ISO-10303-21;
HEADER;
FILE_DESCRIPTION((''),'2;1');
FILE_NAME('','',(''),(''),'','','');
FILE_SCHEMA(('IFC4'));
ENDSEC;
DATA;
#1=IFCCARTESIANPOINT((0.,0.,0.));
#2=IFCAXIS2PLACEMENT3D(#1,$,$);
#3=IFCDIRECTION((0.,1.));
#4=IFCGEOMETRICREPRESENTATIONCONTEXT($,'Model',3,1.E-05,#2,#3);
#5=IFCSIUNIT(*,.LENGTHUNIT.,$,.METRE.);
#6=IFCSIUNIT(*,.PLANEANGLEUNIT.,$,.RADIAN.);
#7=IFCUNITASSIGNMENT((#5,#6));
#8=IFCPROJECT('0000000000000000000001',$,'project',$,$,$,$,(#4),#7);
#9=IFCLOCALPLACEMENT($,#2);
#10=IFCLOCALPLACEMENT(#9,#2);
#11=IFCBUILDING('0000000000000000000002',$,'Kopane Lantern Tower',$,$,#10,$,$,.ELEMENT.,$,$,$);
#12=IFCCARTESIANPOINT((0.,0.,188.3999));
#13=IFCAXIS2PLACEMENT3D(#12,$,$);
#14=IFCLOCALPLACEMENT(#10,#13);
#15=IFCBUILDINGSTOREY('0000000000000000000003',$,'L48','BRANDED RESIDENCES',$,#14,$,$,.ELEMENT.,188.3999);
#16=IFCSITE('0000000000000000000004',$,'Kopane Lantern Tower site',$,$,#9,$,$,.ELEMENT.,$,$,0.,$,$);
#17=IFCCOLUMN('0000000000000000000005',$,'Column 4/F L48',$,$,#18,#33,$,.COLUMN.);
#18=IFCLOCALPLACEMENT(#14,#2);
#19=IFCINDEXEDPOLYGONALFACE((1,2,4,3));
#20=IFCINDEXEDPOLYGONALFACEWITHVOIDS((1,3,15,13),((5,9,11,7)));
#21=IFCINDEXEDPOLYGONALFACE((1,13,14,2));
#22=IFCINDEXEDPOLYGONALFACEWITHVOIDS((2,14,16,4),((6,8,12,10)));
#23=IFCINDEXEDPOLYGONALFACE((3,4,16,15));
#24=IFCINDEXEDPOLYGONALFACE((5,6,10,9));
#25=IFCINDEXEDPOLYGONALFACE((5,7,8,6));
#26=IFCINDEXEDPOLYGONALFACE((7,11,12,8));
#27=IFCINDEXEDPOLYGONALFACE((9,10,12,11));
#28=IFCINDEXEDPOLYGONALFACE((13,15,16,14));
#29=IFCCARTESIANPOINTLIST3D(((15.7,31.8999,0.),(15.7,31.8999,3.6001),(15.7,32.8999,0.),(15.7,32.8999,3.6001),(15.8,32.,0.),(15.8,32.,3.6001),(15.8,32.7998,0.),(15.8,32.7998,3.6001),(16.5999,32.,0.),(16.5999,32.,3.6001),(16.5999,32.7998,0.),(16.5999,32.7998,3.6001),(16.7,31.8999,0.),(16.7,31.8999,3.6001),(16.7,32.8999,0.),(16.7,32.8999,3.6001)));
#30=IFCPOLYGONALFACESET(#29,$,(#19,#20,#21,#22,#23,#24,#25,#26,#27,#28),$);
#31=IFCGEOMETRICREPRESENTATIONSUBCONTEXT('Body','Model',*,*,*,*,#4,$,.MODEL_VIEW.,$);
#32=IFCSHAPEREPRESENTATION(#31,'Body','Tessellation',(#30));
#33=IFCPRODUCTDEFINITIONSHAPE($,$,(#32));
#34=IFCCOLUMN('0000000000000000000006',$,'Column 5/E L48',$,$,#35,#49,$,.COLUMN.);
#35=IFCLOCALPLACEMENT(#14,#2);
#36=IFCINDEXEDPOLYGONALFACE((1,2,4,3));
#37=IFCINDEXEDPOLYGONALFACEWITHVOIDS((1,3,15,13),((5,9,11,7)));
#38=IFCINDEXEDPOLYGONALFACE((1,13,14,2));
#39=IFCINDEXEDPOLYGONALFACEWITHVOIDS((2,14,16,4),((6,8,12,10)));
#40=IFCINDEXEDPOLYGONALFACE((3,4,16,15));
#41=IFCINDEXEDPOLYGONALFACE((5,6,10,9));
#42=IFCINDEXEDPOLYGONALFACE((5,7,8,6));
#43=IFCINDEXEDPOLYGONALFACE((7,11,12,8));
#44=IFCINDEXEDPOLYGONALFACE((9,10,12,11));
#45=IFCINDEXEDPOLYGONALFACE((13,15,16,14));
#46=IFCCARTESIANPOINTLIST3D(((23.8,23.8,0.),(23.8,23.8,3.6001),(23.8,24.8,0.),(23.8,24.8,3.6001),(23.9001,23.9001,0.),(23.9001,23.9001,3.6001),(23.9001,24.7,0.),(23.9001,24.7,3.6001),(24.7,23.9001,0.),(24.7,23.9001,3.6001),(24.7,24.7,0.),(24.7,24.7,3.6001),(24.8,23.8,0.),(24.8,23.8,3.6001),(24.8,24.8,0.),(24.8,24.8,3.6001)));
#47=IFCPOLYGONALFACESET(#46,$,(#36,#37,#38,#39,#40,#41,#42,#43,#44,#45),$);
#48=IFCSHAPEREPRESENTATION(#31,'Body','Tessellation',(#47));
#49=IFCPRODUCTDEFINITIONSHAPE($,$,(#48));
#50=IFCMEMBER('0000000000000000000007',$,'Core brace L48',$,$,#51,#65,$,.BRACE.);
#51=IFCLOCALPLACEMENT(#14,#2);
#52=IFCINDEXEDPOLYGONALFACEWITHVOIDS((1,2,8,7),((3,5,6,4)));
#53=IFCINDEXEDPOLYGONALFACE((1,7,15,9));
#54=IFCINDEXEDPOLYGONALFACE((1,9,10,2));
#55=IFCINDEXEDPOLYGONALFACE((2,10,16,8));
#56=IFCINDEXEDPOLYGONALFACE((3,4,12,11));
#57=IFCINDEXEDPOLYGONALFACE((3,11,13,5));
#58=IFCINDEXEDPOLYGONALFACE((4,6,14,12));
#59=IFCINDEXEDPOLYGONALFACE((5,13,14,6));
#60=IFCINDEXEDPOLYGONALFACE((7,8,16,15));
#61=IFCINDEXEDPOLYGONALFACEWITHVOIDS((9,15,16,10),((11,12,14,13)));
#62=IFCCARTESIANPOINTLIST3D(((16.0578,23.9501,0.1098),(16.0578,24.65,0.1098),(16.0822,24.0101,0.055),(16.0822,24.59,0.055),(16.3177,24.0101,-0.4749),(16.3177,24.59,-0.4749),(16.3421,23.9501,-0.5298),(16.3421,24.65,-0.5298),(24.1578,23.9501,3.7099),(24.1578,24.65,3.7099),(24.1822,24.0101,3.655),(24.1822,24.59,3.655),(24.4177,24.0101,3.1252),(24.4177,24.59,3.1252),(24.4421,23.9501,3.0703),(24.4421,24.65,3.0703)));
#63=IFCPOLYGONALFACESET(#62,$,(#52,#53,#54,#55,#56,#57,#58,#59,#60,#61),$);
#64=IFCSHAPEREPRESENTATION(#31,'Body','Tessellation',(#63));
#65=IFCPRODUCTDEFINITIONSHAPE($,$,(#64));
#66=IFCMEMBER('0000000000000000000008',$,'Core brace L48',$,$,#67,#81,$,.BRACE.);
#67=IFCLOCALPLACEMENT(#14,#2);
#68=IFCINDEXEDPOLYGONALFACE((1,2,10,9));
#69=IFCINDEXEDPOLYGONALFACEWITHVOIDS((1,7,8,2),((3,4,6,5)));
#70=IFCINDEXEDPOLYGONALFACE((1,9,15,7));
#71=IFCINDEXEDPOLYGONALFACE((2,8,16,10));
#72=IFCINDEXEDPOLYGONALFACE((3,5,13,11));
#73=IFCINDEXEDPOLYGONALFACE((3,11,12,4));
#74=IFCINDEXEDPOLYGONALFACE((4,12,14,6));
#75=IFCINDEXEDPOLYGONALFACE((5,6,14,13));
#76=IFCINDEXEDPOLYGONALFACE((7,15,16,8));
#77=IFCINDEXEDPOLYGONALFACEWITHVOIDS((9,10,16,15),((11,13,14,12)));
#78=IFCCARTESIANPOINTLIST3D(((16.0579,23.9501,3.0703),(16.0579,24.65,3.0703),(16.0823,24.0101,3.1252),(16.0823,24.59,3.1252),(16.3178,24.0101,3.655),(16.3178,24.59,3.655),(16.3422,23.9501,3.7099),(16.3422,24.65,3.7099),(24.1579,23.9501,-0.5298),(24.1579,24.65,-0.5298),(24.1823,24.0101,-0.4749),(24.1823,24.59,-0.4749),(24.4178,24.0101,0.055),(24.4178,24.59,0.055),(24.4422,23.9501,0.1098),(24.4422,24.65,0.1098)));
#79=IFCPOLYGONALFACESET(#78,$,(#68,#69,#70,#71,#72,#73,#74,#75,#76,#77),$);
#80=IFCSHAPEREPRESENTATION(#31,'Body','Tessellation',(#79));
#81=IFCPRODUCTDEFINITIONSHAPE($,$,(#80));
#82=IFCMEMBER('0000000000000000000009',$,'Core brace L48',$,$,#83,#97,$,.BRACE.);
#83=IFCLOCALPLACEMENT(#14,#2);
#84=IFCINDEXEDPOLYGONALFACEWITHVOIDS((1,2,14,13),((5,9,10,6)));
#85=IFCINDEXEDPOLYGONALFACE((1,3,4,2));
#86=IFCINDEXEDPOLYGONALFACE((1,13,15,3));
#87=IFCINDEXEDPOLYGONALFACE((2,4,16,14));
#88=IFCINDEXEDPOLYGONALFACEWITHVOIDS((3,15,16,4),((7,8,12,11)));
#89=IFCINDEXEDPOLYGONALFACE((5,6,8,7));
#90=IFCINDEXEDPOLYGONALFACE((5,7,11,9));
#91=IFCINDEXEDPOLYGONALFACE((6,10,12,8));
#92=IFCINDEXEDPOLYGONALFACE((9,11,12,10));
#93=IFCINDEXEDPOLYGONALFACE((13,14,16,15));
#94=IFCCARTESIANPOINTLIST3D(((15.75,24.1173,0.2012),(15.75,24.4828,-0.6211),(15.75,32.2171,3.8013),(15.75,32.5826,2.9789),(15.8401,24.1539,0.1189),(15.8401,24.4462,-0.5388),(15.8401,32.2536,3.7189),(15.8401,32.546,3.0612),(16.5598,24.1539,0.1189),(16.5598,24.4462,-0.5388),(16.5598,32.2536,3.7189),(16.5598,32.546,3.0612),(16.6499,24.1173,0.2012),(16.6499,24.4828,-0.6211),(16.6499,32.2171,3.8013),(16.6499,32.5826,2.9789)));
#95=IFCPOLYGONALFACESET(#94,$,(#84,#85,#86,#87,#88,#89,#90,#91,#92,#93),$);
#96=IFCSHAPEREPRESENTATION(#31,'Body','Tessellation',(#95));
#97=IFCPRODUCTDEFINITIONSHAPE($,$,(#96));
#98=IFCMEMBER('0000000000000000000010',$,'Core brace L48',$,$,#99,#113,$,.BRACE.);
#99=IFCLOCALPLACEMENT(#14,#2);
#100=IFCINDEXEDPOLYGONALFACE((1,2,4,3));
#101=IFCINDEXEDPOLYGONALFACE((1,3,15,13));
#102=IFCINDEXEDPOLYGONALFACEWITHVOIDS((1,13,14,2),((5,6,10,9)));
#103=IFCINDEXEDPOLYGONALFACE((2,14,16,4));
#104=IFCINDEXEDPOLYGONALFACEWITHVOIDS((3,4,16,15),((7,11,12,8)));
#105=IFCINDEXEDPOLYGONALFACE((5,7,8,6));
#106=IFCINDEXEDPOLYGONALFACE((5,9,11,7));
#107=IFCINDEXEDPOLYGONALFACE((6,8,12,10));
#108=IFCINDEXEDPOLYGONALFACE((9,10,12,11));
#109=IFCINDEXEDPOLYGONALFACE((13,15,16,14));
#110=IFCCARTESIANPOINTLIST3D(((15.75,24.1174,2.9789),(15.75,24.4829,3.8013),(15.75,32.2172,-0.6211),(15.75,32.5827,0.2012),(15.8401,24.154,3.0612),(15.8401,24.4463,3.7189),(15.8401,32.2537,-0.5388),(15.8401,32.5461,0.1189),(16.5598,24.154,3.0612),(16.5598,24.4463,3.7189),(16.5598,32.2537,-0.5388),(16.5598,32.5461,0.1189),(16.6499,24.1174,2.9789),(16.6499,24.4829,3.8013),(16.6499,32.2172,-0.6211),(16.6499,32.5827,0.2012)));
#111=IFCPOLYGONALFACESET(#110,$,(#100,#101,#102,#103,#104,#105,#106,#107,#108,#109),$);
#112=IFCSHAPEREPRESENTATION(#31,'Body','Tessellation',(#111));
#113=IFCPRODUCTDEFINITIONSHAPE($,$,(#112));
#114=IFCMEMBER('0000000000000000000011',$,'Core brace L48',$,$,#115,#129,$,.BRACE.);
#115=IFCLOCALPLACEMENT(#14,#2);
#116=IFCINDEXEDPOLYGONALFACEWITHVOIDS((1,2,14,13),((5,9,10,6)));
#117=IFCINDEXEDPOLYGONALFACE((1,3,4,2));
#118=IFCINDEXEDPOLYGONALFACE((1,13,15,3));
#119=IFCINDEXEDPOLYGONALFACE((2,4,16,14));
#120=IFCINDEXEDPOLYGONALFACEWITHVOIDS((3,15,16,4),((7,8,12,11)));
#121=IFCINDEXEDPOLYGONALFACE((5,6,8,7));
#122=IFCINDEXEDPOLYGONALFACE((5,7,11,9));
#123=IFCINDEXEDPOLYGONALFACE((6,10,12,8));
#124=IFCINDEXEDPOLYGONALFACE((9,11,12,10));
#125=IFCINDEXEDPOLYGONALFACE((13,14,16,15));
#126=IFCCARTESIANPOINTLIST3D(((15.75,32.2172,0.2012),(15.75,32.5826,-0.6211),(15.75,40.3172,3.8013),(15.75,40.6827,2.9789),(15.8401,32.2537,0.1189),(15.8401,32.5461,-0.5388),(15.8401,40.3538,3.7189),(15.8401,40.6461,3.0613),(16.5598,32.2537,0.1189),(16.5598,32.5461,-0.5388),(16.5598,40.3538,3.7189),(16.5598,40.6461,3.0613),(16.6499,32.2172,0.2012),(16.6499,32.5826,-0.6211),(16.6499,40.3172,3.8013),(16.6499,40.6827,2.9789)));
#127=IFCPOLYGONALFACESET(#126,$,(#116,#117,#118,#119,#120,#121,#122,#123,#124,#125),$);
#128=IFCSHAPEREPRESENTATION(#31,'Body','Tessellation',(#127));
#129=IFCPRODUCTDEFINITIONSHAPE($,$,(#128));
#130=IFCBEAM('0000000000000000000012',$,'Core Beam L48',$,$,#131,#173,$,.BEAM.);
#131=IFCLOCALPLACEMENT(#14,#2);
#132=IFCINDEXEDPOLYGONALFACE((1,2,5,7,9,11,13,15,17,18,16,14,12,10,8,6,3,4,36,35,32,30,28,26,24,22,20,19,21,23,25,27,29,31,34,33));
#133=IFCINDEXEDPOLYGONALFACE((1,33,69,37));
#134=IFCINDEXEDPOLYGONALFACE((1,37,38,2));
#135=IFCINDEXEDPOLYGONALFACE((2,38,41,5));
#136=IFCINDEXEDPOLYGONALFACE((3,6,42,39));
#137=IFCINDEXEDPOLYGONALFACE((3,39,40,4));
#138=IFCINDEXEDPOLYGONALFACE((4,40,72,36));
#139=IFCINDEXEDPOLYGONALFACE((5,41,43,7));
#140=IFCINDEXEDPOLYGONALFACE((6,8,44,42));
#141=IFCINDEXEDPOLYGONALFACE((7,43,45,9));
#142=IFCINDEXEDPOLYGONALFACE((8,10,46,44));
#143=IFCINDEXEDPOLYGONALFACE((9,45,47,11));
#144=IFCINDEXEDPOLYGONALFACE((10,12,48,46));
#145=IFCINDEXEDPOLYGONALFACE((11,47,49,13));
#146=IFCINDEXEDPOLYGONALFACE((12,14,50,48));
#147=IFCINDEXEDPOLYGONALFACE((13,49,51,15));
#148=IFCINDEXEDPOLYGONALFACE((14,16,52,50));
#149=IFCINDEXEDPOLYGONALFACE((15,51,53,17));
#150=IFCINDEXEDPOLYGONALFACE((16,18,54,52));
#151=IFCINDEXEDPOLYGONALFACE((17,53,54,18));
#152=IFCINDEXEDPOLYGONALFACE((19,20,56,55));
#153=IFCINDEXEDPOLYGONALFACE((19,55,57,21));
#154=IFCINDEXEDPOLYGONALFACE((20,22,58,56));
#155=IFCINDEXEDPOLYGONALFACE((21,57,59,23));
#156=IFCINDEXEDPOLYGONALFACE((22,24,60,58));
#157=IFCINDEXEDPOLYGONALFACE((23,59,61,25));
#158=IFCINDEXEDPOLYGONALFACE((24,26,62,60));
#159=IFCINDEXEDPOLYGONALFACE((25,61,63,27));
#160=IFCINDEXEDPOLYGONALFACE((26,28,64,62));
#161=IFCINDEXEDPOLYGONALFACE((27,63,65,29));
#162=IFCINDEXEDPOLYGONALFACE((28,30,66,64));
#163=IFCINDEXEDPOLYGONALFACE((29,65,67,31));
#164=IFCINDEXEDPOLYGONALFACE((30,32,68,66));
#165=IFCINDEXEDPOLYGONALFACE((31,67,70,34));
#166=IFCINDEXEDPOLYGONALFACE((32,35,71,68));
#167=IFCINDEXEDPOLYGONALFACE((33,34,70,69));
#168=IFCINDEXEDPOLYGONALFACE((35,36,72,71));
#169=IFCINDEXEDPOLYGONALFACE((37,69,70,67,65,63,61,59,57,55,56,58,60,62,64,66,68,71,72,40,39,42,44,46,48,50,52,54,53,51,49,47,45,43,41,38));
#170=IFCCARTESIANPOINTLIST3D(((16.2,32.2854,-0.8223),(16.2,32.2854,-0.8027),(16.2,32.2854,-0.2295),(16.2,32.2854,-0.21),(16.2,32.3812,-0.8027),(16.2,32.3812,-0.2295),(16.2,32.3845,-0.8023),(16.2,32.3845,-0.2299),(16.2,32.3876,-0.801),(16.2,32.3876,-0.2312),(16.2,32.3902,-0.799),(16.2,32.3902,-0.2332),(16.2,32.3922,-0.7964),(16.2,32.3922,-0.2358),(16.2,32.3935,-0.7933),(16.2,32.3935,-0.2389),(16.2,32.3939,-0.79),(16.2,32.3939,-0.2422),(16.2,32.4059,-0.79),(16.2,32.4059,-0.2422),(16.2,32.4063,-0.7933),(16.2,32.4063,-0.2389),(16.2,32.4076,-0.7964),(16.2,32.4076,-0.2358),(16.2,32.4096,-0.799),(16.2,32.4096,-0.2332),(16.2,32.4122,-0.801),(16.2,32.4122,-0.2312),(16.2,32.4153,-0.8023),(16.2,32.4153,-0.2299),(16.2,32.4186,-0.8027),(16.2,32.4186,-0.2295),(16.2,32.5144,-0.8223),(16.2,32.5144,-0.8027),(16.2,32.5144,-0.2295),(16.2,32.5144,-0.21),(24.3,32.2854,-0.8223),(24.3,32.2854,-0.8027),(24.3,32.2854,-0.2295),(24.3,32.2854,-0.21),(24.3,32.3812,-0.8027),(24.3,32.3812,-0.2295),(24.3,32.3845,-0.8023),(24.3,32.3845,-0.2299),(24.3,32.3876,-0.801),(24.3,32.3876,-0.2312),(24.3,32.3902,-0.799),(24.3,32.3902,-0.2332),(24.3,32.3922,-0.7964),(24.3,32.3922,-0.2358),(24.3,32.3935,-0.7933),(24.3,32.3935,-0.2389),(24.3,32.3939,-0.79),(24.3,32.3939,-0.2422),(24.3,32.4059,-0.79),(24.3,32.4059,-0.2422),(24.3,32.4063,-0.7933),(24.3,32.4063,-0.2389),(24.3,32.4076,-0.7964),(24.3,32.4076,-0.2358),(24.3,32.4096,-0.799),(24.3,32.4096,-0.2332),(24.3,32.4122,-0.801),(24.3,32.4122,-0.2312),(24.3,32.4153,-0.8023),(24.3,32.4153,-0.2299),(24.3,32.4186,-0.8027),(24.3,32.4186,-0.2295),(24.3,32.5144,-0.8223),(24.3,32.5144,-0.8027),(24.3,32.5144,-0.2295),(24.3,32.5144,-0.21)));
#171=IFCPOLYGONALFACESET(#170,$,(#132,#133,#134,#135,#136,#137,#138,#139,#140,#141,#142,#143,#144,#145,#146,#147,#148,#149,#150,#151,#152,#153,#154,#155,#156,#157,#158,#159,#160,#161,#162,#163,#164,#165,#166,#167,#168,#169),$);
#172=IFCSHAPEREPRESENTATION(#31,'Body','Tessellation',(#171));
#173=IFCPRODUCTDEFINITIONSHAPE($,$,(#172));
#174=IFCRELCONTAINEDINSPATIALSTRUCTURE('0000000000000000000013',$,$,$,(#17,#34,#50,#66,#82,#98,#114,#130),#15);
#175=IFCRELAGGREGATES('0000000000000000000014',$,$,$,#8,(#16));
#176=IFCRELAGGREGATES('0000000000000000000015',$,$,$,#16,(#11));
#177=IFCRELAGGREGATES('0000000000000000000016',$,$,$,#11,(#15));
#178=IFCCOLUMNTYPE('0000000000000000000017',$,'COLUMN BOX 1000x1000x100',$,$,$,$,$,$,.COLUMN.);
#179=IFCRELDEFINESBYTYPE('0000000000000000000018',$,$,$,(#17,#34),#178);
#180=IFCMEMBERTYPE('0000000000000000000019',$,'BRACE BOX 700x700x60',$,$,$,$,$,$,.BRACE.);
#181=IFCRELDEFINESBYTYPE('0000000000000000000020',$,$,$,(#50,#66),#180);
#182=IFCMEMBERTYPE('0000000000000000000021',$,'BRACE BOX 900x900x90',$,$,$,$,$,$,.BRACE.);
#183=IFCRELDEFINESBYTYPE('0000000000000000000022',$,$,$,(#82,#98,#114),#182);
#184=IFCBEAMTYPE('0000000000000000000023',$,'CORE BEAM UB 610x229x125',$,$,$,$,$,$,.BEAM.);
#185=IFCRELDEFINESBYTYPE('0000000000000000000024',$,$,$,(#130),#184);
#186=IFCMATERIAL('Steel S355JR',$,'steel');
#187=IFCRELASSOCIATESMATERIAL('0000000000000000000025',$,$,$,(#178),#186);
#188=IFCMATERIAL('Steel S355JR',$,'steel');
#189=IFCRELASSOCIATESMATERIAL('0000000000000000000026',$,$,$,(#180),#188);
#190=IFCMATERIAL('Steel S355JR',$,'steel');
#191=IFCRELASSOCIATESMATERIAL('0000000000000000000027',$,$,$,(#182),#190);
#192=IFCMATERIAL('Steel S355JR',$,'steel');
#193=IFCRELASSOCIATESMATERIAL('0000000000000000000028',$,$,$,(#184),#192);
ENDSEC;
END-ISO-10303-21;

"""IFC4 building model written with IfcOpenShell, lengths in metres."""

from ifc_helpers import new_model, si_unit, direction, frame, origin, origin_2d, place, context, subcontext, project, spatial, hollow_rectangle, i_section, extrude, material, material_profile, profile_set, type_object, element, save


model = new_model("IFC4")

# Units and contexts
model_context = context("Model", 3, precision=1e-05, world=origin(), true_north=direction((0.0, 1.0)))
body_context = subcontext(model_context, "Body", "Model", "MODEL_VIEW")
ifc_project = project(units=[si_unit("LENGTHUNIT", "METRE"), si_unit("PLANEANGLEUNIT", "RADIAN")], contexts=[model_context])

# Site, building, storey
site_placement = place(None, origin())
site = spatial("IfcSite", under=ifc_project, at=site_placement, Name="Kopane Lantern Tower site", CompositionType="ELEMENT", RefElevation=0.0)
building_placement = place(site_placement, origin())
building = spatial("IfcBuilding", under=site, at=building_placement, Name="Kopane Lantern Tower", CompositionType="ELEMENT")
storey_placement = place(building_placement, frame((0.0, 0.0, 188.3999)))
storey = spatial("IfcBuildingStorey", under=building, at=storey_placement, Name="L48", Description="BRANDED RESIDENCES", CompositionType="ELEMENT", Elevation=188.3999)

# Columns
ifc_material_1 = material(Name="Steel S355JR", Category="steel")
ifc_material_profile_1 = material_profile(ifc_material_1, hollow_rectangle(XDim=1.0, YDim=1.0, WallThickness=0.1001, at=origin_2d()), Name="BOX 1000x1000x100")
ifc_profile_set_1 = profile_set([ifc_material_profile_1], Name="Steel S355JR")
column_type = type_object("IfcColumnType", Name="COLUMN BOX 1000x1000x100", PredefinedType="COLUMN", material=ifc_profile_set_1)
for number, where, z_axis, x_axis, name in (
    (1, (16.2, 32.3999, 0.0), (0.0, 0.0, 1.0), (1.0, 0.0, 0.0), "Column 4/F L48"),
    (2, (24.3, 24.3, 0.0), (0.0, 0.0, 1.0), (1.0, 0.0, 0.0), "Column 5/E L48"),
):
    element("IfcColumn", number, at=place(storey_placement, frame(where, z_axis=z_axis, x_axis=x_axis)), inside=storey, type_object=column_type, Name=name, PredefinedType="COLUMN", context=body_context, shape_type="SweptSolid", body=[
        extrude(hollow_rectangle(XDim=1.0, YDim=1.0, WallThickness=0.1001, at=origin_2d()), origin(), (0.0, 0.0, 1.0), 3.6001),
    ])

# Members
ifc_material_2 = material(Name="Steel S355JR", Category="steel")
ifc_material_profile_2 = material_profile(ifc_material_2, hollow_rectangle(XDim=0.7, YDim=0.7, WallThickness=0.0601, at=origin_2d()), Name="BOX 700x700x60")
ifc_profile_set_2 = profile_set([ifc_material_profile_2], Name="Steel S355JR")
member_type_1 = type_object("IfcMemberType", Name="BRACE BOX 700x700x60", PredefinedType="BRACE", material=ifc_profile_set_2)
for number, where, z_axis, x_axis, name in (
    (3, (16.2, 24.3, -0.21), (0.913809, 0.0, 0.406144), (0.0, 1.0, 0.0), "Core brace L48"),
    (4, (24.3, 24.3, -0.21), (-0.913809, 0.0, 0.406144), (0.0, -1.0, 0.0), "Core brace L48"),
):
    element("IfcMember", number, at=place(storey_placement, frame(where, z_axis=z_axis, x_axis=x_axis)), inside=storey, type_object=member_type_1, Name=name, PredefinedType="BRACE", context=body_context, shape_type="SweptSolid", body=[
        extrude(hollow_rectangle(XDim=0.7, YDim=0.7, WallThickness=0.0601, at=origin_2d()), origin(), (0.0, 0.0, 1.0), 8.864),
    ])
ifc_material_3 = material(Name="Steel S355JR", Category="steel")
ifc_material_profile_3 = material_profile(ifc_material_3, hollow_rectangle(XDim=0.8999, YDim=0.8999, WallThickness=0.0901, at=origin_2d()), Name="BOX 900x900x90")
ifc_profile_set_3 = profile_set([ifc_material_profile_3], Name="Steel S355JR")
member_type_2 = type_object("IfcMemberType", Name="BRACE BOX 900x900x90", PredefinedType="BRACE", material=ifc_profile_set_3)
for number, where, z_axis, x_axis, name in (
    (5, (16.2, 24.3, -0.21), (0.0, 0.913805, 0.406154), (-1.0, 0.0, 0.0), "Core brace L48"),
    (6, (16.2, 32.3999, -0.21), (0.0, -0.913805, 0.406154), (1.0, 0.0, 0.0), "Core brace L48"),
):
    element("IfcMember", number, at=place(storey_placement, frame(where, z_axis=z_axis, x_axis=x_axis)), inside=storey, type_object=member_type_2, Name=name, PredefinedType="BRACE", context=body_context, shape_type="SweptSolid", body=[
        extrude(hollow_rectangle(XDim=0.8999, YDim=0.8999, WallThickness=0.0901, at=origin_2d()), origin(), (0.0, 0.0, 1.0), 8.8638),
    ])
member_placement = place(storey_placement, frame((16.2, 32.3999, -0.21), z_axis=(0.0, 0.913809, 0.406144), x_axis=(-1.0, 0.0, 0.0)))
element("IfcMember", 7, at=member_placement, inside=storey, type_object=member_type_2, Name="Core brace L48", PredefinedType="BRACE", context=body_context, shape_type="SweptSolid", body=[
    extrude(hollow_rectangle(XDim=0.8999, YDim=0.8999, WallThickness=0.0901, at=origin_2d()), origin(), (0.0, 0.0, 1.0), 8.864),
])

# Beam
ifc_material_4 = material(Name="Steel S355JR", Category="steel")
ifc_material_profile_4 = material_profile(ifc_material_4, i_section(OverallWidth=0.229, OverallDepth=0.6123, WebThickness=0.012, FlangeThickness=0.0195, FilletRadius=0.0127, at=origin_2d()), Name="UB 610x229x125")
ifc_profile_set_4 = profile_set([ifc_material_profile_4], Name="Steel S355JR")
beam_type_1 = type_object("IfcBeamType", Name="CORE BEAM UB 610x229x125", PredefinedType="BEAM", material=ifc_profile_set_4)
beam_1_placement = place(storey_placement, frame((16.2, 32.3999, -0.5161), z_axis=(1.0, 0.0, 0.0), x_axis=(0.0, 1.0, 0.0)))
element("IfcBeam", 8, at=beam_1_placement, inside=storey, type_object=beam_type_1, Name="Core Beam L48", PredefinedType="BEAM", context=body_context, shape_type="SweptSolid", body=[
    extrude(i_section(OverallWidth=0.229, OverallDepth=0.6123, WebThickness=0.012, FlangeThickness=0.0195, FilletRadius=0.0127, at=origin_2d()), origin(), (0.0, 0.0, 1.0), 8.1001),
])

save(model, "model.ifc")
